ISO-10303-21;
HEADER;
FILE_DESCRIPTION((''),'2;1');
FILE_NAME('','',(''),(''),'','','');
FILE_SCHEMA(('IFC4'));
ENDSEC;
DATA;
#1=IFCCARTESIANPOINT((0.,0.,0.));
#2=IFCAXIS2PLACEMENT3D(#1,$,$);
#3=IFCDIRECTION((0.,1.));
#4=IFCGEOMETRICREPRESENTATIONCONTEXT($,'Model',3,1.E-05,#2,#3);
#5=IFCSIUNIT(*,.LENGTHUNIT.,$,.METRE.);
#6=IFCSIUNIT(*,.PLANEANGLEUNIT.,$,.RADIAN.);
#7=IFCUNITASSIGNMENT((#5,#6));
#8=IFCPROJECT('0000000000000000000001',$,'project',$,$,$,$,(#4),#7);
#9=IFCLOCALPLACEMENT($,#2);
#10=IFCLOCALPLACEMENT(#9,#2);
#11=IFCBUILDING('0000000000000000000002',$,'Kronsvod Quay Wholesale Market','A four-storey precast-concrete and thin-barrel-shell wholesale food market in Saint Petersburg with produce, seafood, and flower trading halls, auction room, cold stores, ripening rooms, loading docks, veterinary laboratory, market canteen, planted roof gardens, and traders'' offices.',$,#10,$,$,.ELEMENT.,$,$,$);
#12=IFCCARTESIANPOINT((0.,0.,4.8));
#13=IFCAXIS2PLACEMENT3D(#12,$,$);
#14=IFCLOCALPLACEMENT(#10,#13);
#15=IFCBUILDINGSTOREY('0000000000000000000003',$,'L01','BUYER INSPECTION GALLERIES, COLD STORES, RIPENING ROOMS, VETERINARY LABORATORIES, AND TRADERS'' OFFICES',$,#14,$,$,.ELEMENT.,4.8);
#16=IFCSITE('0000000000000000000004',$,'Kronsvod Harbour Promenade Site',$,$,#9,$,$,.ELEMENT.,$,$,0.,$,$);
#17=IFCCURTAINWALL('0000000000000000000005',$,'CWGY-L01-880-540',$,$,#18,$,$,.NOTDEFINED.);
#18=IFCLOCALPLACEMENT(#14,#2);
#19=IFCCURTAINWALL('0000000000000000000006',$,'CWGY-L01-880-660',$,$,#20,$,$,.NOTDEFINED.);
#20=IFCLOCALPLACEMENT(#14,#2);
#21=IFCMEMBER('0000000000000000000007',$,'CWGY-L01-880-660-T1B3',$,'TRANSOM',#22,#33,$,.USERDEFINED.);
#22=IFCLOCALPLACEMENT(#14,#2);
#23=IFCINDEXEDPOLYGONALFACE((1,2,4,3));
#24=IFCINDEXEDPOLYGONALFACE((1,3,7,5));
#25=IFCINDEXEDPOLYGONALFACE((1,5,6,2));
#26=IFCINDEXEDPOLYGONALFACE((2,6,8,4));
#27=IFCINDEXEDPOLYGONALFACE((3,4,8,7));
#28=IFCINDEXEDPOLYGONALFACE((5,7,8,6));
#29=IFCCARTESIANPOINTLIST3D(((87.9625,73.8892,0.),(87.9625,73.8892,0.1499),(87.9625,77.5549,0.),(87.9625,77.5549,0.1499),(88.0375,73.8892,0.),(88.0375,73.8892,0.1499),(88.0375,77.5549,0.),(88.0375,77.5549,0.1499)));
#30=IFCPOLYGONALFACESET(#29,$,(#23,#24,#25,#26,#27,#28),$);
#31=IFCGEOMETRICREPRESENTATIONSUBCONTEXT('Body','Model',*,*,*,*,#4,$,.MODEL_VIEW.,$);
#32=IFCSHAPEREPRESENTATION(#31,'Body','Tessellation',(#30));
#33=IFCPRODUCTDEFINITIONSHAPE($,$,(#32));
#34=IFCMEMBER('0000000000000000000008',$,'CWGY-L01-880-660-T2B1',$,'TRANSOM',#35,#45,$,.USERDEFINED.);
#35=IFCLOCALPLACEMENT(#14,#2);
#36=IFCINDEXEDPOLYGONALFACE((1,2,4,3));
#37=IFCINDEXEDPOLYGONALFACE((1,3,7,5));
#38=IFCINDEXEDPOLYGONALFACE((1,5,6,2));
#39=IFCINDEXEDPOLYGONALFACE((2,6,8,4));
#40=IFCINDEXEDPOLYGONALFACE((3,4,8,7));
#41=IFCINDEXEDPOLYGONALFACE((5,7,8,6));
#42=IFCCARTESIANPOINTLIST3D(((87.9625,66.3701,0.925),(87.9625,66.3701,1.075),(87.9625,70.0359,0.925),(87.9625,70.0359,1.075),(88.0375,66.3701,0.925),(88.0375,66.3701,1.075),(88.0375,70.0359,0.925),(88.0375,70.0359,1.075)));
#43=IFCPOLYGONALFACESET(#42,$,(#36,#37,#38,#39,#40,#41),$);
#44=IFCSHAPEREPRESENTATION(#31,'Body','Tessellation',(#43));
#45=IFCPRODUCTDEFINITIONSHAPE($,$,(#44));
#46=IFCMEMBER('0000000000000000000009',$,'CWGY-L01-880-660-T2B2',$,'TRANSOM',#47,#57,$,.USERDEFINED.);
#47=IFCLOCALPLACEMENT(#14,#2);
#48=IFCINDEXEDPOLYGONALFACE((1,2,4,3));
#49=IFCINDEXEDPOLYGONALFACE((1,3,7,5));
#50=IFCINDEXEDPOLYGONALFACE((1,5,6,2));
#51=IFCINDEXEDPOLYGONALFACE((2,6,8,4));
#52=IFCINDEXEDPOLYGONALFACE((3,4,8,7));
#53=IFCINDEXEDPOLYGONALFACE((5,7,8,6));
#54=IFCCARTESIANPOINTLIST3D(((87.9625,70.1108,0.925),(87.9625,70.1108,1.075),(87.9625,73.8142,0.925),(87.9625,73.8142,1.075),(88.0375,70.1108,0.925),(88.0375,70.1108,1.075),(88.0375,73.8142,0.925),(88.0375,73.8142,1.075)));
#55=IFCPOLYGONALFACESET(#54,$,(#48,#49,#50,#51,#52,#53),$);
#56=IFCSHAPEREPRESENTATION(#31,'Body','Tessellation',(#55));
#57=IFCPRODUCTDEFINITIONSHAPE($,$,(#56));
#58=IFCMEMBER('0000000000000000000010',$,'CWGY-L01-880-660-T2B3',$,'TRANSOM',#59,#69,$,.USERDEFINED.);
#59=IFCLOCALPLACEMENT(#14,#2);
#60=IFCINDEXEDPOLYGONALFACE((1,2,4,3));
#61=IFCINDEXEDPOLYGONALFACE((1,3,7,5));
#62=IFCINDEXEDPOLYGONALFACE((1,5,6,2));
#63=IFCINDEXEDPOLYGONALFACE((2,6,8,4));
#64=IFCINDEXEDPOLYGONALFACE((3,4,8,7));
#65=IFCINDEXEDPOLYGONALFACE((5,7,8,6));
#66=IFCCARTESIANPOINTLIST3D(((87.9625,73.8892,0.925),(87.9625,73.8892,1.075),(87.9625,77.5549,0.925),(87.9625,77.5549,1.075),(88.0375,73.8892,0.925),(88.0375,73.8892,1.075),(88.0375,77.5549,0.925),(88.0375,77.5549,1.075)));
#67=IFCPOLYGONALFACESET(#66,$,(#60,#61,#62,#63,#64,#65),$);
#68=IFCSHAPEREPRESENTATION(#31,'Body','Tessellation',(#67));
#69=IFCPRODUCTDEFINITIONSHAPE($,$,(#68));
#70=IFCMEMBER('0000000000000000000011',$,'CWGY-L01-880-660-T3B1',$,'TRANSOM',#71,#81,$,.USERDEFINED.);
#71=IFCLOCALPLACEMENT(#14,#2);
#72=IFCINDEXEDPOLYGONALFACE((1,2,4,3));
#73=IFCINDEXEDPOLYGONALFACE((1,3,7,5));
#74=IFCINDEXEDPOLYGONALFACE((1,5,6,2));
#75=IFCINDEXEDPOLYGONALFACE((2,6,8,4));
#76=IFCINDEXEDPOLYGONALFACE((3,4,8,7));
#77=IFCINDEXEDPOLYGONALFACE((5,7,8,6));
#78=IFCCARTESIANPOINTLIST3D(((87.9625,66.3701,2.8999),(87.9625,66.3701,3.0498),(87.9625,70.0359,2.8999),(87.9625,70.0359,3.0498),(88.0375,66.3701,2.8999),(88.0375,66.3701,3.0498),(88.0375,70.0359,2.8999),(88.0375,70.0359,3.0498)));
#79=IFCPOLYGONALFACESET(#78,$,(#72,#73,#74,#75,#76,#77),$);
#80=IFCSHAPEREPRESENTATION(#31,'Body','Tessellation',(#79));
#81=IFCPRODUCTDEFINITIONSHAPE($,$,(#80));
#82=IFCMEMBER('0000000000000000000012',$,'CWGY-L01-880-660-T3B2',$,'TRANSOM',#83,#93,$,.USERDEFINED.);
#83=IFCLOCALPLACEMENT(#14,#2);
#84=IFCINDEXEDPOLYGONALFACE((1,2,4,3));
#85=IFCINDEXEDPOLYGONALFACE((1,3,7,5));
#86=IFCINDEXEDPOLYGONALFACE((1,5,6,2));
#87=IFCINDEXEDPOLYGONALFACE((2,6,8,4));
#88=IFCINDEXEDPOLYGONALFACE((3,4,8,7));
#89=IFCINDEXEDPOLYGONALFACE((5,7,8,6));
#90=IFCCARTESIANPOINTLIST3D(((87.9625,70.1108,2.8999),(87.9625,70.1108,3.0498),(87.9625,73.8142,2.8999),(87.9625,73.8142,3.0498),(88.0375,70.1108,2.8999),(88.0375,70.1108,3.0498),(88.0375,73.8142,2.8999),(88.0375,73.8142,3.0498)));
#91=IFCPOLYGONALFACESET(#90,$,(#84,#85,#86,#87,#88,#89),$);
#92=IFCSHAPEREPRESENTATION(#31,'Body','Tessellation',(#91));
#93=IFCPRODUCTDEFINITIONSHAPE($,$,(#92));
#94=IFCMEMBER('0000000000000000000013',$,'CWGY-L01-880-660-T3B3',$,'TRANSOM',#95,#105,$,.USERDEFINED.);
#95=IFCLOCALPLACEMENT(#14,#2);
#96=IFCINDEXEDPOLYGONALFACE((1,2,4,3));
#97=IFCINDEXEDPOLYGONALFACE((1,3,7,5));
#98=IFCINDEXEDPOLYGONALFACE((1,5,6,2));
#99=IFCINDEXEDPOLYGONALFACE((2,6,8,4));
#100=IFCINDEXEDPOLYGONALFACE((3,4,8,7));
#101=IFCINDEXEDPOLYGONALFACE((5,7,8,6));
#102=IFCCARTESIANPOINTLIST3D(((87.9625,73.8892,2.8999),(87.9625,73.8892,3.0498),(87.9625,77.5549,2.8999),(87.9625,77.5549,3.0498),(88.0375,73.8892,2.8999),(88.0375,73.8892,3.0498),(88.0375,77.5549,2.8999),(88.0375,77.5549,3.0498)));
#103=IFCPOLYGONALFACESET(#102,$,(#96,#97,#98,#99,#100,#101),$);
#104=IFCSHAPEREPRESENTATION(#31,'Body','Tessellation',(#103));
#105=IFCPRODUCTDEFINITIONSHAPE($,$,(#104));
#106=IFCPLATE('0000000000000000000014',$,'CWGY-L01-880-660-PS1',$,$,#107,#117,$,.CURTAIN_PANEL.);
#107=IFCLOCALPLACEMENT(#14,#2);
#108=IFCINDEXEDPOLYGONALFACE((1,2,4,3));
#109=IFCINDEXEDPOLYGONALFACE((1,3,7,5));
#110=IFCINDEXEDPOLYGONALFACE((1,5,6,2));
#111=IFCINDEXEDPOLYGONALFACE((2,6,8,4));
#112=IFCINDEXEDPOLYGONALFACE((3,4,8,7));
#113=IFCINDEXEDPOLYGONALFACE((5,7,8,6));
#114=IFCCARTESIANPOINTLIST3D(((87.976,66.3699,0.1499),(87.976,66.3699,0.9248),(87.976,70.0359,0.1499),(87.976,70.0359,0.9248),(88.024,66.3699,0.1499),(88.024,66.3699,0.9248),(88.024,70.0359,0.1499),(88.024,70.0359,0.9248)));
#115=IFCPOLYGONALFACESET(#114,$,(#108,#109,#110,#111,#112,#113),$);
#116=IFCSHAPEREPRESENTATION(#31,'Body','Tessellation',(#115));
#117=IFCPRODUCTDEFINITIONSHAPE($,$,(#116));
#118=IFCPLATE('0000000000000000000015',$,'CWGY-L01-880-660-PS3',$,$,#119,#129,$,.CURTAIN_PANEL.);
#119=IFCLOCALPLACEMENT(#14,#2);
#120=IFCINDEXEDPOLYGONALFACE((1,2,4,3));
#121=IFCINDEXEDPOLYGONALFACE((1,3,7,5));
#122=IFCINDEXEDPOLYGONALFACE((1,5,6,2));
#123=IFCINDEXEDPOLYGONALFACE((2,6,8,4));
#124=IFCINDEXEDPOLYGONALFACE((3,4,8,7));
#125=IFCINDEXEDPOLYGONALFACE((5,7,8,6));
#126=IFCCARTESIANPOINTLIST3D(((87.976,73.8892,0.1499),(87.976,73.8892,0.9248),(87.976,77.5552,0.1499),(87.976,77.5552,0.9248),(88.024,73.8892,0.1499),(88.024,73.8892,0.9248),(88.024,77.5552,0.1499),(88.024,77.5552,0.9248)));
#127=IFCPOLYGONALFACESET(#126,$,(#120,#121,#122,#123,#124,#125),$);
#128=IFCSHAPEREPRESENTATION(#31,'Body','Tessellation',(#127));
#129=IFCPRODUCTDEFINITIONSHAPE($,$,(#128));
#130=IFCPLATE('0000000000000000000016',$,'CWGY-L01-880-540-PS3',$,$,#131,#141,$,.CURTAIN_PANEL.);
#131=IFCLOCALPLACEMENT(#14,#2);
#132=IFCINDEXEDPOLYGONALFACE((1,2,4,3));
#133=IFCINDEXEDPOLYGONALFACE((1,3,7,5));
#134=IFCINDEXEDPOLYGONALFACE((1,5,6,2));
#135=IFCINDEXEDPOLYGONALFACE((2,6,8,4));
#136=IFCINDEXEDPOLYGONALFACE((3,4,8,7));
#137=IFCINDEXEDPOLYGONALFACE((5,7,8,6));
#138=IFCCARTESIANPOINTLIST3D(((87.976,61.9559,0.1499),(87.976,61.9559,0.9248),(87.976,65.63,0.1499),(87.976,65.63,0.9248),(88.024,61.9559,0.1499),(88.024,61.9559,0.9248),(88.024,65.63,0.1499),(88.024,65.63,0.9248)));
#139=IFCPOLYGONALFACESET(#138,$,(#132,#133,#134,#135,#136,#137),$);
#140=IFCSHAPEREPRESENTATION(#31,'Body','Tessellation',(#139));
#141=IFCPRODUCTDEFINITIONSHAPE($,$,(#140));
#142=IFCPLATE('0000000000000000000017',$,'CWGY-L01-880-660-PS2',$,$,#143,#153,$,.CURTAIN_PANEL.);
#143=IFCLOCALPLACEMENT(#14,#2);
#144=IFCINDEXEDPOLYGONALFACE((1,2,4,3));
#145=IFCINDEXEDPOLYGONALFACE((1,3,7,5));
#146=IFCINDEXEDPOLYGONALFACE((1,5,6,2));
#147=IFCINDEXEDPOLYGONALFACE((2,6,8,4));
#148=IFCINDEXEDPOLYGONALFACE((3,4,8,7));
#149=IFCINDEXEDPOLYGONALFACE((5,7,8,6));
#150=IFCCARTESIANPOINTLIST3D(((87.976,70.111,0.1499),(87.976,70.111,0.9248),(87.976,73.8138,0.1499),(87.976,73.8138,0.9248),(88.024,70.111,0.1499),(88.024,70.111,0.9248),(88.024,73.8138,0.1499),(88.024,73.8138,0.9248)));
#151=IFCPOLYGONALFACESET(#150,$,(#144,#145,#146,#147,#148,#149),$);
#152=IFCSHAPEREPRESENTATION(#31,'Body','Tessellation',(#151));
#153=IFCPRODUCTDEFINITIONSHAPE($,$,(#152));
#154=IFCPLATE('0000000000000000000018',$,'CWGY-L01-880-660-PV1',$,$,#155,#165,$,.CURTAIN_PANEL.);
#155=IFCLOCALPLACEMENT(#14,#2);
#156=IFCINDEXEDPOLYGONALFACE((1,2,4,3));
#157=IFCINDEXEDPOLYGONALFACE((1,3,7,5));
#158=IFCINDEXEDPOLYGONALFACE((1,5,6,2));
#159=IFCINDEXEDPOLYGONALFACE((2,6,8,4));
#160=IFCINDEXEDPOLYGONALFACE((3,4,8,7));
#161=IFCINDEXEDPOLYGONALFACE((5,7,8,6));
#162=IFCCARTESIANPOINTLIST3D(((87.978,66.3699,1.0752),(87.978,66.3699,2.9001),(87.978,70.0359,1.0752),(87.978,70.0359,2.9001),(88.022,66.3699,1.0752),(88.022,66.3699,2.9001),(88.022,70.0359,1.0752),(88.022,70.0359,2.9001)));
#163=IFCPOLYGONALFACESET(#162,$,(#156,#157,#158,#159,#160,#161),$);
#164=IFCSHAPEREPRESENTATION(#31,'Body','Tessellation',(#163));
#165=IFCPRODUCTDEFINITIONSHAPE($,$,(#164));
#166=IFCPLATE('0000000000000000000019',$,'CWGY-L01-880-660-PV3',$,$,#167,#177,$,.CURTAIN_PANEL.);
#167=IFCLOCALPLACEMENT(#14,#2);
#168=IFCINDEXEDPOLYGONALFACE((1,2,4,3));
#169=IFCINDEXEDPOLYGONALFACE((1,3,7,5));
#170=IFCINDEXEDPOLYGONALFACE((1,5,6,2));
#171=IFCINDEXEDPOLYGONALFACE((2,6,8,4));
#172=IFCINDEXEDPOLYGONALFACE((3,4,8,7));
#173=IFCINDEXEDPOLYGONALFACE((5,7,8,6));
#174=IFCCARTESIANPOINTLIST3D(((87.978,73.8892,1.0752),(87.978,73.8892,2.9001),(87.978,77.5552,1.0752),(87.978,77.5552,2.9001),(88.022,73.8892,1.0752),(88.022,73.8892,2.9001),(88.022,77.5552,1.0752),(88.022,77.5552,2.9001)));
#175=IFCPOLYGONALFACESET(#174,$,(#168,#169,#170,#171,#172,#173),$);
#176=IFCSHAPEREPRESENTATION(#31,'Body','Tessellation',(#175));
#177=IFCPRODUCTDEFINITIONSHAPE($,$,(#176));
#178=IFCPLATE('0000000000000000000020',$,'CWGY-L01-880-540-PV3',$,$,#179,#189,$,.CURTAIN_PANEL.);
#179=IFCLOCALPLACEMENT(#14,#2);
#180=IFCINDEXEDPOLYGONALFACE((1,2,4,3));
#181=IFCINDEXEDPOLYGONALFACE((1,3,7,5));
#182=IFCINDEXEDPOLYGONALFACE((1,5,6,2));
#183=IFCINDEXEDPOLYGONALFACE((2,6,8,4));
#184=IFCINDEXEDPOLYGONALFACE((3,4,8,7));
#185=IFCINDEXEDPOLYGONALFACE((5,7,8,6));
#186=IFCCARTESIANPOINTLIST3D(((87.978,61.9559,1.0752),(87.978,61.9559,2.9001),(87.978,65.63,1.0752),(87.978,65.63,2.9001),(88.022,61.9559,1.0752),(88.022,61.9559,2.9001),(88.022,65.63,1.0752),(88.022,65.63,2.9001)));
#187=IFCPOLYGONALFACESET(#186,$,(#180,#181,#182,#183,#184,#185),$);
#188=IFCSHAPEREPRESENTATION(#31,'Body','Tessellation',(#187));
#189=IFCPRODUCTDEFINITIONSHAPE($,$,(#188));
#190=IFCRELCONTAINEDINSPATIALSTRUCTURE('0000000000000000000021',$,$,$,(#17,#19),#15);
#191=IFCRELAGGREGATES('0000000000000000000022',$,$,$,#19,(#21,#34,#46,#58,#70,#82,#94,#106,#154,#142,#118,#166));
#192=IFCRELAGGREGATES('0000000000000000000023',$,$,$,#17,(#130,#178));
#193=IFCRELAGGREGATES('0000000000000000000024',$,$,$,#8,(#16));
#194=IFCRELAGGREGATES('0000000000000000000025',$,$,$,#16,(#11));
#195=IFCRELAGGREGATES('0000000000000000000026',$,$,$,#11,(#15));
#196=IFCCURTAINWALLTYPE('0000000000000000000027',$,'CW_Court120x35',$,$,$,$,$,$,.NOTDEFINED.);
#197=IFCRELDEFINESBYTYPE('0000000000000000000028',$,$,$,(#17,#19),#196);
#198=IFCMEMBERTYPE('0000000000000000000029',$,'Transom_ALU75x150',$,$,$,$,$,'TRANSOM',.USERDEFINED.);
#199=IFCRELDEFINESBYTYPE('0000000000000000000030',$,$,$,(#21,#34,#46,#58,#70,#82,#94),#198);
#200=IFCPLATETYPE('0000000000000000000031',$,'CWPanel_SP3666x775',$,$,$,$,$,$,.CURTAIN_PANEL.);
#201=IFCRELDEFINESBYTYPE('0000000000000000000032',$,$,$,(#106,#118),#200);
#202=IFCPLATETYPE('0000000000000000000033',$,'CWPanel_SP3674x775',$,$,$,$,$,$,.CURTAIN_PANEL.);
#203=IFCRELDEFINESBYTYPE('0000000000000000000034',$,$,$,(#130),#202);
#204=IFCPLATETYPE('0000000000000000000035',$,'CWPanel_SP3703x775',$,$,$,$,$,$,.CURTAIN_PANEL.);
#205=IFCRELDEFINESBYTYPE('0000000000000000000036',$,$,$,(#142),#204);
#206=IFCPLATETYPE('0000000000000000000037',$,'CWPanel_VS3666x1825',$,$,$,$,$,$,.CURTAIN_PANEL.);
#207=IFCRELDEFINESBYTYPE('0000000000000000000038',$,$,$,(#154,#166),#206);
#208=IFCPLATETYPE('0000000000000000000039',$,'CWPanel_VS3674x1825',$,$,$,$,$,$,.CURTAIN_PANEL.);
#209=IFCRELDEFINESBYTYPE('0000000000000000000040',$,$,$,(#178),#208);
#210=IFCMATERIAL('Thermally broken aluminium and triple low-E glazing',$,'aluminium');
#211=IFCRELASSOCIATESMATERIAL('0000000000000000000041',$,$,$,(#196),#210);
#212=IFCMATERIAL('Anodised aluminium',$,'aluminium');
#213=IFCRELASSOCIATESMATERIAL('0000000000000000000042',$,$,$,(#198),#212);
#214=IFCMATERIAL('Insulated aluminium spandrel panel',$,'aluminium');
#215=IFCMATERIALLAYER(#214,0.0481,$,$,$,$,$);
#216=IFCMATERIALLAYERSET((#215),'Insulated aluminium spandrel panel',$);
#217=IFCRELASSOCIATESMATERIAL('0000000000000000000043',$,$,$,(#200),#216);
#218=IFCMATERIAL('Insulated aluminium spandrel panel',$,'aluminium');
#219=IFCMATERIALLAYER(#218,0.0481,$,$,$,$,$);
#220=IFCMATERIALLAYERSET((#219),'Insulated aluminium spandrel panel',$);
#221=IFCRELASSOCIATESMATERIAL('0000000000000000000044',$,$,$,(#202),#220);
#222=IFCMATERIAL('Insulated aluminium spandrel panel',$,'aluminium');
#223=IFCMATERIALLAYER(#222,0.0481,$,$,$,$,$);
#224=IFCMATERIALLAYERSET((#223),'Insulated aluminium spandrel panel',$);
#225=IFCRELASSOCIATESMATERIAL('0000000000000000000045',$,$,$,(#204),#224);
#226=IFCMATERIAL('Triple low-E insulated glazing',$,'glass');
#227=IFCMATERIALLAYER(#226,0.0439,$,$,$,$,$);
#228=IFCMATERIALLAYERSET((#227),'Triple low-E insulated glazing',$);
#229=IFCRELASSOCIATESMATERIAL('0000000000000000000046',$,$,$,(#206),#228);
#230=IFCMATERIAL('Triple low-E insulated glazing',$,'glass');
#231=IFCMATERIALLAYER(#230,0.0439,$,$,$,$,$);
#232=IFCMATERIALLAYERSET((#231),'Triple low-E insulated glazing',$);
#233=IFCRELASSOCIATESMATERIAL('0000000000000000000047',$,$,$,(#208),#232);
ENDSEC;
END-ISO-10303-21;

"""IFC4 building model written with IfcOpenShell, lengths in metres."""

from ifc_helpers import new_model, si_unit, direction, frame, origin, origin_2d, place, context, subcontext, project, spatial, rectangle, extrude, material, layer, layer_set, material_profile, profile_set, type_object, element, aggregate, save


model = new_model("IFC4")

# Units and contexts
model_context = context("Model", 3, precision=1e-05, world=origin(), true_north=direction((0.0, 1.0)))
body_context = subcontext(model_context, "Body", "Model", "MODEL_VIEW")
ifc_project = project(units=[si_unit("LENGTHUNIT", "METRE"), si_unit("PLANEANGLEUNIT", "RADIAN")], contexts=[model_context])

# Site, building, storey
site_placement = place(None, origin())
site = spatial("IfcSite", under=ifc_project, at=site_placement, Name="Kronsvod Harbour Promenade Site", CompositionType="ELEMENT", RefElevation=0.0)
building_placement = place(site_placement, origin())
building = spatial("IfcBuilding", under=site, at=building_placement, Name="Kronsvod Quay Wholesale Market", Description="A four-storey precast-concrete and thin-barrel-shell wholesale food market in Saint Petersburg with produce, seafood, and flower trading halls, auction room, cold stores, ripening rooms, loading docks, veterinary laboratory, market canteen, planted roof gardens, and traders' offices.", CompositionType="ELEMENT")
storey_placement = place(building_placement, frame((0.0, 0.0, 4.8)))
storey = spatial("IfcBuildingStorey", under=building, at=storey_placement, Name="L01", Description="BUYER INSPECTION GALLERIES, COLD STORES, RIPENING ROOMS, VETERINARY LABORATORIES, AND TRADERS' OFFICES", CompositionType="ELEMENT", Elevation=4.8)

# Curtain walls
ifc_material_1 = material(Name="Thermally broken aluminium and triple low-E glazing", Category="aluminium")
curtain_wall_type = type_object("IfcCurtainWallType", Name="CW_Court120x35", PredefinedType="NOTDEFINED", material=ifc_material_1)
curtain_wall_1_placement = place(storey_placement, origin())
curtain_wall_1 = element("IfcCurtainWall", 1, at=curtain_wall_1_placement, inside=storey, type_object=curtain_wall_type, Name="CWGY-L01-880-540", PredefinedType="NOTDEFINED")
curtain_wall_2_placement = place(storey_placement, origin())
curtain_wall_2 = element("IfcCurtainWall", 2, at=curtain_wall_2_placement, inside=storey, type_object=curtain_wall_type, Name="CWGY-L01-880-660", PredefinedType="NOTDEFINED")

# Members
ifc_material_2 = material(Name="Anodised aluminium", Category="aluminium")
ifc_material_profile_1 = material_profile(ifc_material_2, rectangle(XDim=0.075, YDim=0.1499, at=origin_2d()), Name="ALUT75x150")
ifc_profile_set_1 = profile_set([ifc_material_profile_1], Name="Anodised aluminium")
member_type_1 = type_object("IfcMemberType", Name="Transom_ALU75x150", ElementType="TRANSOM", PredefinedType="USERDEFINED", material=ifc_profile_set_1)
member_1_placement = place(storey_placement, frame((88.0, 73.8892, 0.075), z_axis=(0.0, 1.0, 0.0), x_axis=(-1.0, 0.0, 0.0)))
member_1 = element("IfcMember", 3, at=member_1_placement, type_object=member_type_1, Name="CWGY-L01-880-660-T1B3", ObjectType="TRANSOM", PredefinedType="USERDEFINED", context=body_context, shape_type="SweptSolid", body=[
    extrude(rectangle(XDim=0.075, YDim=0.1499, at=origin_2d()), origin(), (0.0, 0.0, 1.0), 3.6658),
])
member_2_placement = place(storey_placement, frame((88.0, 66.3701, 1.0), z_axis=(0.0, 1.0, 0.0), x_axis=(-1.0, 0.0, 0.0)))
member_2 = element("IfcMember", 4, at=member_2_placement, type_object=member_type_1, Name="CWGY-L01-880-660-T2B1", ObjectType="TRANSOM", PredefinedType="USERDEFINED", context=body_context, shape_type="SweptSolid", body=[
    extrude(rectangle(XDim=0.075, YDim=0.1499, at=origin_2d()), origin(), (0.0, 0.0, 1.0), 3.6658),
])
member_3_placement = place(storey_placement, frame((88.0, 70.1108, 1.0), z_axis=(0.0, 1.0, 0.0), x_axis=(-1.0, 0.0, 0.0)))
member_3 = element("IfcMember", 5, at=member_3_placement, type_object=member_type_1, Name="CWGY-L01-880-660-T2B2", ObjectType="TRANSOM", PredefinedType="USERDEFINED", context=body_context, shape_type="SweptSolid", body=[
    extrude(rectangle(XDim=0.075, YDim=0.1499, at=origin_2d()), origin(), (0.0, 0.0, 1.0), 3.7034),
])
member_4_placement = place(storey_placement, frame((88.0, 73.8892, 1.0), z_axis=(0.0, 1.0, 0.0), x_axis=(-1.0, 0.0, 0.0)))
member_4 = element("IfcMember", 6, at=member_4_placement, type_object=member_type_1, Name="CWGY-L01-880-660-T2B3", ObjectType="TRANSOM", PredefinedType="USERDEFINED", context=body_context, shape_type="SweptSolid", body=[
    extrude(rectangle(XDim=0.075, YDim=0.1499, at=origin_2d()), origin(), (0.0, 0.0, 1.0), 3.6658),
])
member_5_placement = place(storey_placement, frame((88.0, 66.3701, 2.9749), z_axis=(0.0, 1.0, 0.0), x_axis=(-1.0, 0.0, 0.0)))
member_5 = element("IfcMember", 7, at=member_5_placement, type_object=member_type_1, Name="CWGY-L01-880-660-T3B1", ObjectType="TRANSOM", PredefinedType="USERDEFINED", context=body_context, shape_type="SweptSolid", body=[
    extrude(rectangle(XDim=0.075, YDim=0.1499, at=origin_2d()), origin(), (0.0, 0.0, 1.0), 3.6658),
])
member_6_placement = place(storey_placement, frame((88.0, 70.1108, 2.9749), z_axis=(0.0, 1.0, 0.0), x_axis=(-1.0, 0.0, 0.0)))
member_6 = element("IfcMember", 8, at=member_6_placement, type_object=member_type_1, Name="CWGY-L01-880-660-T3B2", ObjectType="TRANSOM", PredefinedType="USERDEFINED", context=body_context, shape_type="SweptSolid", body=[
    extrude(rectangle(XDim=0.075, YDim=0.1499, at=origin_2d()), origin(), (0.0, 0.0, 1.0), 3.7034),
])
member_7_placement = place(storey_placement, frame((88.0, 73.8892, 2.9749), z_axis=(0.0, 1.0, 0.0), x_axis=(-1.0, 0.0, 0.0)))
member_7 = element("IfcMember", 9, at=member_7_placement, type_object=member_type_1, Name="CWGY-L01-880-660-T3B3", ObjectType="TRANSOM", PredefinedType="USERDEFINED", context=body_context, shape_type="SweptSolid", body=[
    extrude(rectangle(XDim=0.075, YDim=0.1499, at=origin_2d()), origin(), (0.0, 0.0, 1.0), 3.6658),
])

# Plates
ifc_material_3 = material(Name="Insulated aluminium spandrel panel", Category="aluminium")
ifc_layer_1 = layer(ifc_material_3, 0.0481)
ifc_layer_set_1 = layer_set([ifc_layer_1], Name="Insulated aluminium spandrel panel")
plate_type_1 = type_object("IfcPlateType", Name="CWPanel_SP3666x775", PredefinedType="CURTAIN_PANEL", material=ifc_layer_set_1)
plate_1_placement = place(storey_placement, frame((88.0, 68.2029, 0.1499), z_axis=(0.0, 0.0, 1.0), x_axis=(0.0, 1.0, 0.0)))
plate_1 = element("IfcPlate", 10, at=plate_1_placement, type_object=plate_type_1, Name="CWGY-L01-880-660-PS1", PredefinedType="CURTAIN_PANEL", context=body_context, shape_type="SweptSolid", body=[
    extrude(rectangle(XDim=3.666, YDim=0.0481, at=origin_2d()), origin(), (0.0, 0.0, 1.0), 0.7749),
])
plate_2_placement = place(storey_placement, frame((88.0, 75.7222, 0.1499), z_axis=(0.0, 0.0, 1.0), x_axis=(0.0, 1.0, 0.0)))
plate_2 = element("IfcPlate", 11, at=plate_2_placement, type_object=plate_type_1, Name="CWGY-L01-880-660-PS3", PredefinedType="CURTAIN_PANEL", context=body_context, shape_type="SweptSolid", body=[
    extrude(rectangle(XDim=3.666, YDim=0.0481, at=origin_2d()), origin(), (0.0, 0.0, 1.0), 0.7749),
])
ifc_material_4 = material(Name="Insulated aluminium spandrel panel", Category="aluminium")
ifc_layer_2 = layer(ifc_material_4, 0.0481)
ifc_layer_set_2 = layer_set([ifc_layer_2], Name="Insulated aluminium spandrel panel")
plate_type_2 = type_object("IfcPlateType", Name="CWPanel_SP3674x775", PredefinedType="CURTAIN_PANEL", material=ifc_layer_set_2)
plate_3_placement = place(storey_placement, frame((88.0, 63.793, 0.1499), z_axis=(0.0, 0.0, 1.0), x_axis=(0.0, 1.0, 0.0)))
plate_3 = element("IfcPlate", 12, at=plate_3_placement, type_object=plate_type_2, Name="CWGY-L01-880-540-PS3", PredefinedType="CURTAIN_PANEL", context=body_context, shape_type="SweptSolid", body=[
    extrude(rectangle(XDim=3.6741, YDim=0.0481, at=origin_2d()), origin(), (0.0, 0.0, 1.0), 0.7749),
])
ifc_material_5 = material(Name="Insulated aluminium spandrel panel", Category="aluminium")
ifc_layer_3 = layer(ifc_material_5, 0.0481)
ifc_layer_set_3 = layer_set([ifc_layer_3], Name="Insulated aluminium spandrel panel")
plate_type_3 = type_object("IfcPlateType", Name="CWPanel_SP3703x775", PredefinedType="CURTAIN_PANEL", material=ifc_layer_set_3)
plate_4_placement = place(storey_placement, frame((88.0, 71.9624, 0.1499), z_axis=(0.0, 0.0, 1.0), x_axis=(0.0, 1.0, 0.0)))
plate_4 = element("IfcPlate", 13, at=plate_4_placement, type_object=plate_type_3, Name="CWGY-L01-880-660-PS2", PredefinedType="CURTAIN_PANEL", context=body_context, shape_type="SweptSolid", body=[
    extrude(rectangle(XDim=3.7029, YDim=0.0481, at=origin_2d()), origin(), (0.0, 0.0, 1.0), 0.7749),
])
ifc_material_6 = material(Name="Triple low-E insulated glazing", Category="glass")
ifc_layer_4 = layer(ifc_material_6, 0.0439)
ifc_layer_set_4 = layer_set([ifc_layer_4], Name="Triple low-E insulated glazing")
plate_type_4 = type_object("IfcPlateType", Name="CWPanel_VS3666x1825", PredefinedType="CURTAIN_PANEL", material=ifc_layer_set_4)
plate_5_placement = place(storey_placement, frame((88.0, 68.2029, 1.0752), z_axis=(0.0, 0.0, 1.0), x_axis=(0.0, 1.0, 0.0)))
plate_5 = element("IfcPlate", 14, at=plate_5_placement, type_object=plate_type_4, Name="CWGY-L01-880-660-PV1", PredefinedType="CURTAIN_PANEL", context=body_context, shape_type="SweptSolid", body=[
    extrude(rectangle(XDim=3.666, YDim=0.0439, at=origin_2d()), origin(), (0.0, 0.0, 1.0), 1.825),
])
plate_6_placement = place(storey_placement, frame((88.0, 75.7222, 1.0752), z_axis=(0.0, 0.0, 1.0), x_axis=(0.0, 1.0, 0.0)))
plate_6 = element("IfcPlate", 15, at=plate_6_placement, type_object=plate_type_4, Name="CWGY-L01-880-660-PV3", PredefinedType="CURTAIN_PANEL", context=body_context, shape_type="SweptSolid", body=[
    extrude(rectangle(XDim=3.666, YDim=0.0439, at=origin_2d()), origin(), (0.0, 0.0, 1.0), 1.825),
])
ifc_material_7 = material(Name="Triple low-E insulated glazing", Category="glass")
ifc_layer_5 = layer(ifc_material_7, 0.0439)
ifc_layer_set_5 = layer_set([ifc_layer_5], Name="Triple low-E insulated glazing")
plate_type_5 = type_object("IfcPlateType", Name="CWPanel_VS3674x1825", PredefinedType="CURTAIN_PANEL", material=ifc_layer_set_5)
plate_7_placement = place(storey_placement, frame((88.0, 63.793, 1.0752), z_axis=(0.0, 0.0, 1.0), x_axis=(0.0, 1.0, 0.0)))
plate_7 = element("IfcPlate", 16, at=plate_7_placement, type_object=plate_type_5, Name="CWGY-L01-880-540-PV3", PredefinedType="CURTAIN_PANEL", context=body_context, shape_type="SweptSolid", body=[
    extrude(rectangle(XDim=3.6741, YDim=0.0439, at=origin_2d()), origin(), (0.0, 0.0, 1.0), 1.825),
])
aggregate(curtain_wall_2, [member_1, member_2, member_3, member_4, member_5, member_6, member_7, plate_1, plate_5, plate_4, plate_2, plate_6])
aggregate(curtain_wall_1, [plate_3, plate_7])

save(model, "model.ifc")
